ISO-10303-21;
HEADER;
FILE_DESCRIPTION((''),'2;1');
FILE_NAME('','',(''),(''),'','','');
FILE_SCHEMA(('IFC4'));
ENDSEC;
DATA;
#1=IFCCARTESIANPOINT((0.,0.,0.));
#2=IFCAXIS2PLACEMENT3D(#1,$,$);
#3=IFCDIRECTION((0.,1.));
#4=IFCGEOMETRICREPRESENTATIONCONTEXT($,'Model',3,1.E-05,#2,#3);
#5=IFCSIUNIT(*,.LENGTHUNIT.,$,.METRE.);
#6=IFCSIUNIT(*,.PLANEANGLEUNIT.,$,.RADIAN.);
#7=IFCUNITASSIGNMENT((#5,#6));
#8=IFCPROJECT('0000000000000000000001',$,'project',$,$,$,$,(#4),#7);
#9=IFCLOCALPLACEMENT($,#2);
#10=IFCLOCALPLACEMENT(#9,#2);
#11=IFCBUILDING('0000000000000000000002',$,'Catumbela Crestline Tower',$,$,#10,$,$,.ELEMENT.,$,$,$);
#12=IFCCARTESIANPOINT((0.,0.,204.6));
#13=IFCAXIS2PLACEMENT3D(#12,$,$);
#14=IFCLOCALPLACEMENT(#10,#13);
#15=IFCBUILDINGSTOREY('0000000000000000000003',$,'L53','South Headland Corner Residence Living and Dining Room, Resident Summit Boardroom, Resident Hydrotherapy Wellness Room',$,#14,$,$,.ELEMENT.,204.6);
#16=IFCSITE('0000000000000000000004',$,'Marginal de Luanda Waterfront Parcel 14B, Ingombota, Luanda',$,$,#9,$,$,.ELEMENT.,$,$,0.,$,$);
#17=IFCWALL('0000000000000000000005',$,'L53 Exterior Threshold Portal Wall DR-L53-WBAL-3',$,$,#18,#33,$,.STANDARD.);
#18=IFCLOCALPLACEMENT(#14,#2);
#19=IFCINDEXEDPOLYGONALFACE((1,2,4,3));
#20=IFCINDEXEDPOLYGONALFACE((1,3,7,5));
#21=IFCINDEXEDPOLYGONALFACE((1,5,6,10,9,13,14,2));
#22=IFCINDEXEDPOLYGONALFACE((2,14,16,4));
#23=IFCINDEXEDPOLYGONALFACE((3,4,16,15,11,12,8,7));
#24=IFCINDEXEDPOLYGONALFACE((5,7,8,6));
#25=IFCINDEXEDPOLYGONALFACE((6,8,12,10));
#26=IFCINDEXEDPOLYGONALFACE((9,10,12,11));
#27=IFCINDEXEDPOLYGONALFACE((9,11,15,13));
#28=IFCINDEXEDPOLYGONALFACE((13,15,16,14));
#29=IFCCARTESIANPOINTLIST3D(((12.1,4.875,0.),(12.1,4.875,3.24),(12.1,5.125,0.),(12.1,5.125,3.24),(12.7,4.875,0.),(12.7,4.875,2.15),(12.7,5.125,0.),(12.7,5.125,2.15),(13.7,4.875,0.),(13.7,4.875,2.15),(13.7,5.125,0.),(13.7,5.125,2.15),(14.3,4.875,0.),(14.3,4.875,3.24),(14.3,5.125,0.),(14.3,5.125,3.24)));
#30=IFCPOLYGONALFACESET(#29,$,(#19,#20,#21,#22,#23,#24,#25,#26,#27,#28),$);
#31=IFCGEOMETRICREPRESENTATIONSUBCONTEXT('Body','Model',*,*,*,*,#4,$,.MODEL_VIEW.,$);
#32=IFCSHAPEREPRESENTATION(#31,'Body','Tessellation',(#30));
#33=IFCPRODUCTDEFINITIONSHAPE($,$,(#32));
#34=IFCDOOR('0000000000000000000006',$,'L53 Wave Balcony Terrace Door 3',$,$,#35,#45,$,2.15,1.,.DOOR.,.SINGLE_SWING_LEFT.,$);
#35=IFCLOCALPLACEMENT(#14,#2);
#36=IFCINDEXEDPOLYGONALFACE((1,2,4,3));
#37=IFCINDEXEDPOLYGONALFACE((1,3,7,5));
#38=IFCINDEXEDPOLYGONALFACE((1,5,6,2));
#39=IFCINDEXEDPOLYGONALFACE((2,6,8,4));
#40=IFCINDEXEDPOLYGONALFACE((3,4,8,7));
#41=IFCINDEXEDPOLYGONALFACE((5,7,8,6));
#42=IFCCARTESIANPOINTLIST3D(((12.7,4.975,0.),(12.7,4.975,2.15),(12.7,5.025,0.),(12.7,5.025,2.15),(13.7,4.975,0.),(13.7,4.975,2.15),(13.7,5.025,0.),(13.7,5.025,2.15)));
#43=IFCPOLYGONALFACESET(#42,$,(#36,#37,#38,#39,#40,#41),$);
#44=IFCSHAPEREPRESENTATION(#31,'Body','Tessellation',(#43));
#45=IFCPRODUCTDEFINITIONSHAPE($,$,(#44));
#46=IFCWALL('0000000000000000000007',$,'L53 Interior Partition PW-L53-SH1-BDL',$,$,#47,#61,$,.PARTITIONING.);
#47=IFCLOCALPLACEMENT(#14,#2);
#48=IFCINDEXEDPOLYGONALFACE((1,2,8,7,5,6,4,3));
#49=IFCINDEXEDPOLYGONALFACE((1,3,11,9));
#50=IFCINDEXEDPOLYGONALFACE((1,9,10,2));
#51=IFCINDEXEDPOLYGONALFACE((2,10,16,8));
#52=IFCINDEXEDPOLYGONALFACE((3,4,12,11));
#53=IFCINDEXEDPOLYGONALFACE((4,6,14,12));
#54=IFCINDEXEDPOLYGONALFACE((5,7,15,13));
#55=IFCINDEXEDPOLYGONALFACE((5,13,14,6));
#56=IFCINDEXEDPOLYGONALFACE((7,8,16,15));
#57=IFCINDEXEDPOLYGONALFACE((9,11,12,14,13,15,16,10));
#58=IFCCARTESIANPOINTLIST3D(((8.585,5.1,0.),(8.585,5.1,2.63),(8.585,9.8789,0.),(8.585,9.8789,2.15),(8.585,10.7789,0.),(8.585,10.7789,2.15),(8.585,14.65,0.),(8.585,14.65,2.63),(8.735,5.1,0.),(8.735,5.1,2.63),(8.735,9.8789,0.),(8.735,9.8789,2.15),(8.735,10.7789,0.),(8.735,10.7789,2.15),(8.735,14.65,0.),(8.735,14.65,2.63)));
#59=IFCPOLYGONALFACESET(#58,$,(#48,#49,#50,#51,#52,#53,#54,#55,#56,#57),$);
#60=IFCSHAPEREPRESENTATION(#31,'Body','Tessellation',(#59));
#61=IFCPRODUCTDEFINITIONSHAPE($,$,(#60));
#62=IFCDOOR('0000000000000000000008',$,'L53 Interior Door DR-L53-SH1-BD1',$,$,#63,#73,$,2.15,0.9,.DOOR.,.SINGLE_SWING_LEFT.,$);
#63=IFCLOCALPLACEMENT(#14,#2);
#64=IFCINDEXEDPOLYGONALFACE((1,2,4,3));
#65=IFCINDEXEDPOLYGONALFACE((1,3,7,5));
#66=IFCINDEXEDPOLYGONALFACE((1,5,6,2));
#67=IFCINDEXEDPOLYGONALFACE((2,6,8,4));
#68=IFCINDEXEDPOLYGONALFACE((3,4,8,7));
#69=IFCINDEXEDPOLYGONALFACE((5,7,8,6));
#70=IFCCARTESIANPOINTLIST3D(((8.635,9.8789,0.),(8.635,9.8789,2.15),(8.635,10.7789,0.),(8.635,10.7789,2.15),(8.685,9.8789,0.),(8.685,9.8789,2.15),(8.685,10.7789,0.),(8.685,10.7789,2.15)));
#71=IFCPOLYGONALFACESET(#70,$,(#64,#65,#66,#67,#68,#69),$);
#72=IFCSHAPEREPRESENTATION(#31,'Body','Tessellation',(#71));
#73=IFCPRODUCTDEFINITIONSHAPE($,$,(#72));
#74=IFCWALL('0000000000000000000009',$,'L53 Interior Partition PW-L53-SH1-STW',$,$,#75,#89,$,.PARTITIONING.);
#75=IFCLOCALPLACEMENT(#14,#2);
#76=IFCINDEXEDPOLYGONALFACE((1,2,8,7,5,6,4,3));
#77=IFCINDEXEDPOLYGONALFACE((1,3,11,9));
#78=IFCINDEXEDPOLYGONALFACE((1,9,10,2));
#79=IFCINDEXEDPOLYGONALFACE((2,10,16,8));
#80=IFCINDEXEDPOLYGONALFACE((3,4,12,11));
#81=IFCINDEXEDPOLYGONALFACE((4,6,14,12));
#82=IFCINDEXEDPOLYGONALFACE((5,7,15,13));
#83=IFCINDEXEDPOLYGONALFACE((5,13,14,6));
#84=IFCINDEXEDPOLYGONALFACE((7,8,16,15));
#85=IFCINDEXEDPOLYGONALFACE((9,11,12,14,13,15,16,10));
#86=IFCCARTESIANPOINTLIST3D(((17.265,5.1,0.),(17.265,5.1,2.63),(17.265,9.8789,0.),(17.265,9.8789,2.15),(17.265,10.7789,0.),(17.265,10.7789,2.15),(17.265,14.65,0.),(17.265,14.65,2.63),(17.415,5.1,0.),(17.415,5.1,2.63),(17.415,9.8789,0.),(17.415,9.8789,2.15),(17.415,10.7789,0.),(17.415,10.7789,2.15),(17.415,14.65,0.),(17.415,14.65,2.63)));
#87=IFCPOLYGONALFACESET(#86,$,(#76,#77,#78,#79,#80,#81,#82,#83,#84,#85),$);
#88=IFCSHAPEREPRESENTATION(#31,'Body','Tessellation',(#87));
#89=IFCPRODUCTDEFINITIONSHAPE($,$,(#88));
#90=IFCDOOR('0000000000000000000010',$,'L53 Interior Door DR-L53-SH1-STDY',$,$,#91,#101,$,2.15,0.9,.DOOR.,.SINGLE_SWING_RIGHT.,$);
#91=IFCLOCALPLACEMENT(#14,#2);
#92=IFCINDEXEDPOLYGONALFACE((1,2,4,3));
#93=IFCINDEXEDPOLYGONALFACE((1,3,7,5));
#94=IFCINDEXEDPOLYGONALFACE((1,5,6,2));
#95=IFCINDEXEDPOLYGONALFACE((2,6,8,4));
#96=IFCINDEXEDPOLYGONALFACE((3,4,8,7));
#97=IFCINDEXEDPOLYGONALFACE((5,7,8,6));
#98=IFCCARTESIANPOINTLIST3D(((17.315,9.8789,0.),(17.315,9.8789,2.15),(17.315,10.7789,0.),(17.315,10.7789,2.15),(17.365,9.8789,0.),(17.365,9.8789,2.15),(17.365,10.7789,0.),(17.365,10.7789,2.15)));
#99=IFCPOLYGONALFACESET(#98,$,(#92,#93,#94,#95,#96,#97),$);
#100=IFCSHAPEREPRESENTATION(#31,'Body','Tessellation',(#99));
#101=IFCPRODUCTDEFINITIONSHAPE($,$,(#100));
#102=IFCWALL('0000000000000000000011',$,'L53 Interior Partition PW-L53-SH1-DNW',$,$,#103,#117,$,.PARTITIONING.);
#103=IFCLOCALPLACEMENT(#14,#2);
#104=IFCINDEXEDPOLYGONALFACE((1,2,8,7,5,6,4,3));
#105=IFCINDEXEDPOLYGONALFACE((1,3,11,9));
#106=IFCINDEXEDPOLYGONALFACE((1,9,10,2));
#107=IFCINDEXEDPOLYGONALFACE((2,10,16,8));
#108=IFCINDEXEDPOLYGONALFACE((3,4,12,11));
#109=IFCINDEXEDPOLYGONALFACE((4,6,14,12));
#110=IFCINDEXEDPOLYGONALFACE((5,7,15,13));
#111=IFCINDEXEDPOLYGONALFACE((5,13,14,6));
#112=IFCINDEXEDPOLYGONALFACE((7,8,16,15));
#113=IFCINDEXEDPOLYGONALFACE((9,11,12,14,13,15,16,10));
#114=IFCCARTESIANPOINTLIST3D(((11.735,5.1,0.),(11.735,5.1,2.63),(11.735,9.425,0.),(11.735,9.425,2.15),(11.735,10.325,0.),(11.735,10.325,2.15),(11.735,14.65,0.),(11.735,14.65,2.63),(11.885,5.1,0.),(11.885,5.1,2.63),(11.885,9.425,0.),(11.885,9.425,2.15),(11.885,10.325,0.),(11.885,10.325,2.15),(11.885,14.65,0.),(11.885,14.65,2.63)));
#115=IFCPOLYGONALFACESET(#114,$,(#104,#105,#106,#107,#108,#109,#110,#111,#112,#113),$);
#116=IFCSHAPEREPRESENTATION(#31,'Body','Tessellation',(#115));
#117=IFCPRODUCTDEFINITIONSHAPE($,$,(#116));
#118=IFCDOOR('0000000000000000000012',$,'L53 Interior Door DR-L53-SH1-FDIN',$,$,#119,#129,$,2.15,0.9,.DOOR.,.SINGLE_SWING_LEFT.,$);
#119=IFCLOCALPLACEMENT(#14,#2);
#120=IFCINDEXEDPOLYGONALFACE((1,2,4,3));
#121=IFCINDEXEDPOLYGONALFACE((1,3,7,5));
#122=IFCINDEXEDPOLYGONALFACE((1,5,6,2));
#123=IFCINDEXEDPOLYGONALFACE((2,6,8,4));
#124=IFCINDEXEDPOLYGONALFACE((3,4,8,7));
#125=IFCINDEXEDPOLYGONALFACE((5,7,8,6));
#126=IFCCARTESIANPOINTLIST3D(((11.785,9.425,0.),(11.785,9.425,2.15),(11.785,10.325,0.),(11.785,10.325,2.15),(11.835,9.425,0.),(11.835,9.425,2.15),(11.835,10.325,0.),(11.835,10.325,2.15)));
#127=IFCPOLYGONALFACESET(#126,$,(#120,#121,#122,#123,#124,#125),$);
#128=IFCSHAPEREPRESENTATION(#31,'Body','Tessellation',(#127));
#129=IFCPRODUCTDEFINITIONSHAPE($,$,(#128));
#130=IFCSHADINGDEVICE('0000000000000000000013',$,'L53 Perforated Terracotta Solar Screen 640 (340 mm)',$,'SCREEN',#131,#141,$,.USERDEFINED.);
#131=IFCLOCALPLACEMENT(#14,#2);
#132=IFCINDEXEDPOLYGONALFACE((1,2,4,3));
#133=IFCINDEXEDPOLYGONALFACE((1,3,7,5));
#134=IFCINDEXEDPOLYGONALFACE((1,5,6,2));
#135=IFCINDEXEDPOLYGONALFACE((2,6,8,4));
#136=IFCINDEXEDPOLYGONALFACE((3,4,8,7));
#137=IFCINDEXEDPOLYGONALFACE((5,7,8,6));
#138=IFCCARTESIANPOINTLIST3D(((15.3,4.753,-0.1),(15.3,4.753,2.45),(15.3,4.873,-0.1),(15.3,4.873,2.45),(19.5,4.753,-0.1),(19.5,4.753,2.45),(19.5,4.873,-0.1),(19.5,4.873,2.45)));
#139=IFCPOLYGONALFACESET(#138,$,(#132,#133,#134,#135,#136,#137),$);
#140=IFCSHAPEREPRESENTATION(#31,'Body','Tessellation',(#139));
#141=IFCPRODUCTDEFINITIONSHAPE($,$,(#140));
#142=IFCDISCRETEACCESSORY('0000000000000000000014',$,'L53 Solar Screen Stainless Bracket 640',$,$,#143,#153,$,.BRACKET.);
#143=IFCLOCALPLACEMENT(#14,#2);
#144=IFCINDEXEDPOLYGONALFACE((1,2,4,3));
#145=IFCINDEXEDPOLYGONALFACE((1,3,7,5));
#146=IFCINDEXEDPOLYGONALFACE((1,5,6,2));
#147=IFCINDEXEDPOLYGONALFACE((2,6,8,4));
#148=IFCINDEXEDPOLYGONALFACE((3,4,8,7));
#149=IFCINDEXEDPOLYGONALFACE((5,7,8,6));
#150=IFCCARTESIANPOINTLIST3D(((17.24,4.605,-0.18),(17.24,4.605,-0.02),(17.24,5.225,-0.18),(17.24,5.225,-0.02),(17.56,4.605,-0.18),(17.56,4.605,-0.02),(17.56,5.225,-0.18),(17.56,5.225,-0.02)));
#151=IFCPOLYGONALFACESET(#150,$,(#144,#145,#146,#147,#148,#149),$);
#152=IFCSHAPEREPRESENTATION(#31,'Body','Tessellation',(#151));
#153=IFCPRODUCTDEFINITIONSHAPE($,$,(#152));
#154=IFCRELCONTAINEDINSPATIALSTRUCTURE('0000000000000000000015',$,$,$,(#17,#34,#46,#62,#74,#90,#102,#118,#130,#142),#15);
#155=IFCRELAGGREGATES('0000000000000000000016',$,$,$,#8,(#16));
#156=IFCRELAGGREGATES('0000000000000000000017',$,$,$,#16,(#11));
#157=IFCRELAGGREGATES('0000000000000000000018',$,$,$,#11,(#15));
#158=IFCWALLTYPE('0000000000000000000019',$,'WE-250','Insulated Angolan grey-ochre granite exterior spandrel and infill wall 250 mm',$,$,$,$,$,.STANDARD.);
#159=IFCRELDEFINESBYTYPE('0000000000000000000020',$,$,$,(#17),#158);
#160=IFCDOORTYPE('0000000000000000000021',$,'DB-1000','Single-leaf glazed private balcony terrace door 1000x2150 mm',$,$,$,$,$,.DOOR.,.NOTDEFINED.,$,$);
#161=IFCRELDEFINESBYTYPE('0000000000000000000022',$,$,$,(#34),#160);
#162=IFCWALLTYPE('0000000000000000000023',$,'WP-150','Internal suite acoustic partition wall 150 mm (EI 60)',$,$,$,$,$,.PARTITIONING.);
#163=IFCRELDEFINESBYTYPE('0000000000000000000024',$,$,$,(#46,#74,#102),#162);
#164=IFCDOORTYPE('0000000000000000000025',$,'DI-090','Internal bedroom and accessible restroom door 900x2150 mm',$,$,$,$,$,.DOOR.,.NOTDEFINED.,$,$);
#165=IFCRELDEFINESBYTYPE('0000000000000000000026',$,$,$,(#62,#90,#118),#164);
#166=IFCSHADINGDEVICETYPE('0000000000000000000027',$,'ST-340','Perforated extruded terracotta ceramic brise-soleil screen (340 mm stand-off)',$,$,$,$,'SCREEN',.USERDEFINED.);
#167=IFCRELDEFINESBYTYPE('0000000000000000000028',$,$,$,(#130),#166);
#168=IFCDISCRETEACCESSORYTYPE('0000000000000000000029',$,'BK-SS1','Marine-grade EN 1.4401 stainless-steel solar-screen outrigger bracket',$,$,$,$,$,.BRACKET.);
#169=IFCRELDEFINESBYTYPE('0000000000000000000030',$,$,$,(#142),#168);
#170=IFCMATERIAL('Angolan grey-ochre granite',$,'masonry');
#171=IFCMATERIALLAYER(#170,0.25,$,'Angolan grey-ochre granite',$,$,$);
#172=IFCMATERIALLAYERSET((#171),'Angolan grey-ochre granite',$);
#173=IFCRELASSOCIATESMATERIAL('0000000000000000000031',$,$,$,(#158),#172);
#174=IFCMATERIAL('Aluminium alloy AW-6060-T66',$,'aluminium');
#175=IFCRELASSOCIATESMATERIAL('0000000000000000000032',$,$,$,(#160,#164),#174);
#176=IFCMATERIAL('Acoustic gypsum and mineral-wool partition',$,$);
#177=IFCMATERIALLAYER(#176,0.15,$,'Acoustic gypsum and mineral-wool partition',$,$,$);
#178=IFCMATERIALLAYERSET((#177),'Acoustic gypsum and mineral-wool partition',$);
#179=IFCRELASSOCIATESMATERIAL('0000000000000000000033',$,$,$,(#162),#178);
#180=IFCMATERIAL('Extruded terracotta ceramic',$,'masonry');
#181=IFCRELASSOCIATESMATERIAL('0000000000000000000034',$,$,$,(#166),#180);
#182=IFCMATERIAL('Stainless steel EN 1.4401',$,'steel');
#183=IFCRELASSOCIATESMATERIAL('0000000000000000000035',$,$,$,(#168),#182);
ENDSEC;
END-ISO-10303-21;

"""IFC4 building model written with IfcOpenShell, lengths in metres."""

from ifc_helpers import new_model, si_unit, direction, frame, frame_2d, origin, origin_2d, place, context, subcontext, project, spatial, rectangle, extrude, material, layer, layer_set, type_object, element, fill, save


model = new_model("IFC4")

# Units and contexts
model_context = context("Model", 3, precision=1e-05, world=origin(), true_north=direction((0.0, 1.0)))
body_context = subcontext(model_context, "Body", "Model", "MODEL_VIEW")
ifc_project = project(units=[si_unit("LENGTHUNIT", "METRE"), si_unit("PLANEANGLEUNIT", "RADIAN")], contexts=[model_context])

# Site, building, storey
site_placement = place(None, origin())
site = spatial("IfcSite", under=ifc_project, at=site_placement, Name="Marginal de Luanda Waterfront Parcel 14B, Ingombota, Luanda", CompositionType="ELEMENT", RefElevation=0.0)
building_placement = place(site_placement, origin())
building = spatial("IfcBuilding", under=site, at=building_placement, Name="Catumbela Crestline Tower", CompositionType="ELEMENT")
storey_placement = place(building_placement, frame((0.0, 0.0, 204.6)))
storey = spatial("IfcBuildingStorey", under=building, at=storey_placement, Name="L53", Description="South Headland Corner Residence Living and Dining Room, Resident Summit Boardroom, Resident Hydrotherapy Wellness Room", CompositionType="ELEMENT", Elevation=204.6)

# Shared definitions
ifc_material_1 = material(Name="Aluminium alloy AW-6060-T66", Category="aluminium")

# Walls, openings, doors
ifc_material_2 = material(Name="Angolan grey-ochre granite", Category="masonry")
ifc_layer_1 = layer(ifc_material_2, 0.25, Name="Angolan grey-ochre granite")
ifc_layer_set_1 = layer_set([ifc_layer_1], Name="Angolan grey-ochre granite")
wall_type_1 = type_object("IfcWallType", Name="WE-250", Description="Insulated Angolan grey-ochre granite exterior spandrel and infill wall 250 mm", PredefinedType="STANDARD", material=ifc_layer_set_1)
wall_1_placement = place(storey_placement, frame((12.1, 5.0, 0.0), z_axis=(0.0, 0.0, 1.0), x_axis=(1.0, 0.0, 0.0)))
wall_1 = element("IfcWall", 1, at=wall_1_placement, inside=storey, type_object=wall_type_1, Name="L53 Exterior Threshold Portal Wall DR-L53-WBAL-3", PredefinedType="STANDARD", context=body_context, shape_type="SweptSolid", body=[
    extrude(rectangle(XDim=2.2, YDim=0.25, at=frame_2d((1.1, 0.0))), origin(), (0.0, 0.0, 1.0), 3.24),
])
opening_1_placement = place(wall_1_placement, frame((0.6, 0.0, 0.0)))
opening_1 = element("IfcOpeningElement", 2, at=opening_1_placement, cuts=wall_1, PredefinedType="OPENING", context=body_context, shape_type="SweptSolid", body=[
    extrude(rectangle(XDim=1.0, YDim=2.15, at=frame_2d((0.5, 1.075))), frame((0.0, 0.135, 0.0), z_axis=(0.0, -1.0, 0.0), x_axis=(1.0, 0.0, 0.0)), (0.0, 0.0, 1.0), 0.27),
])
door_type_1 = type_object("IfcDoorType", Name="DB-1000", Description="Single-leaf glazed private balcony terrace door 1000x2150 mm", OperationType="NOTDEFINED", PredefinedType="DOOR", material=ifc_material_1)
door_1_placement = place(opening_1_placement, origin())
door_1 = element("IfcDoor", 3, at=door_1_placement, inside=storey, type_object=door_type_1, Name="L53 Wave Balcony Terrace Door 3", OperationType="SINGLE_SWING_LEFT", OverallHeight=2.15, OverallWidth=1.0, PredefinedType="DOOR", context=body_context, shape_type="SweptSolid", body=[
    extrude(rectangle(XDim=1.0, YDim=2.15, at=frame_2d((0.5, 1.075))), frame((0.0, 0.025, 0.0), z_axis=(0.0, -1.0, 0.0), x_axis=(1.0, 0.0, 0.0)), (0.0, 0.0, 1.0), 0.05),
])
fill(opening_1, door_1)
ifc_material_3 = material(Name="Acoustic gypsum and mineral-wool partition")
ifc_layer_2 = layer(ifc_material_3, 0.15, Name="Acoustic gypsum and mineral-wool partition")
ifc_layer_set_2 = layer_set([ifc_layer_2], Name="Acoustic gypsum and mineral-wool partition")
wall_type_2 = type_object("IfcWallType", Name="WP-150", Description="Internal suite acoustic partition wall 150 mm (EI 60)", PredefinedType="PARTITIONING", material=ifc_layer_set_2)
wall_2_placement = place(storey_placement, frame((8.66, 5.1, 0.0), z_axis=(0.0, 0.0, 1.0), x_axis=(0.0, 1.0, 0.0)))
wall_2 = element("IfcWall", 4, at=wall_2_placement, inside=storey, type_object=wall_type_2, Name="L53 Interior Partition PW-L53-SH1-BDL", PredefinedType="PARTITIONING", context=body_context, shape_type="SweptSolid", body=[
    extrude(rectangle(XDim=9.55, YDim=0.15, at=frame_2d((4.775, 0.0))), origin(), (0.0, 0.0, 1.0), 2.63),
])
opening_2_placement = place(wall_2_placement, frame((4.7789, 0.0, 0.0)))
opening_2 = element("IfcOpeningElement", 5, at=opening_2_placement, cuts=wall_2, PredefinedType="OPENING", context=body_context, shape_type="SweptSolid", body=[
    extrude(rectangle(XDim=0.9, YDim=2.15, at=frame_2d((0.45, 1.075))), frame((0.0, 0.085, 0.0), z_axis=(0.0, -1.0, 0.0), x_axis=(1.0, 0.0, 0.0)), (0.0, 0.0, 1.0), 0.17),
])
door_type_2 = type_object("IfcDoorType", Name="DI-090", Description="Internal bedroom and accessible restroom door 900x2150 mm", OperationType="NOTDEFINED", PredefinedType="DOOR", material=ifc_material_1)
door_2_placement = place(opening_2_placement, origin())
door_2 = element("IfcDoor", 6, at=door_2_placement, inside=storey, type_object=door_type_2, Name="L53 Interior Door DR-L53-SH1-BD1", OperationType="SINGLE_SWING_LEFT", OverallHeight=2.15, OverallWidth=0.9, PredefinedType="DOOR", context=body_context, shape_type="SweptSolid", body=[
    extrude(rectangle(XDim=0.9, YDim=2.15, at=frame_2d((0.45, 1.075))), frame((0.0, 0.025, 0.0), z_axis=(0.0, -1.0, 0.0), x_axis=(1.0, 0.0, 0.0)), (0.0, 0.0, 1.0), 0.05),
])
fill(opening_2, door_2)
wall_3_placement = place(storey_placement, frame((17.34, 5.1, 0.0), z_axis=(0.0, 0.0, 1.0), x_axis=(0.0, 1.0, 0.0)))
wall_3 = element("IfcWall", 7, at=wall_3_placement, inside=storey, type_object=wall_type_2, Name="L53 Interior Partition PW-L53-SH1-STW", PredefinedType="PARTITIONING", context=body_context, shape_type="SweptSolid", body=[
    extrude(rectangle(XDim=9.55, YDim=0.15, at=frame_2d((4.775, 0.0))), origin(), (0.0, 0.0, 1.0), 2.63),
])
opening_3_placement = place(wall_3_placement, frame((4.7789, 0.0, 0.0)))
opening_3 = element("IfcOpeningElement", 8, at=opening_3_placement, cuts=wall_3, PredefinedType="OPENING", context=body_context, shape_type="SweptSolid", body=[
    extrude(rectangle(XDim=0.9, YDim=2.15, at=frame_2d((0.45, 1.075))), frame((0.0, 0.085, 0.0), z_axis=(0.0, -1.0, 0.0), x_axis=(1.0, 0.0, 0.0)), (0.0, 0.0, 1.0), 0.17),
])
door_3_placement = place(opening_3_placement, origin())
door_3 = element("IfcDoor", 9, at=door_3_placement, inside=storey, type_object=door_type_2, Name="L53 Interior Door DR-L53-SH1-STDY", OperationType="SINGLE_SWING_RIGHT", OverallHeight=2.15, OverallWidth=0.9, PredefinedType="DOOR", context=body_context, shape_type="SweptSolid", body=[
    extrude(rectangle(XDim=0.9, YDim=2.15, at=frame_2d((0.45, 1.075))), frame((0.0, 0.025, 0.0), z_axis=(0.0, -1.0, 0.0), x_axis=(1.0, 0.0, 0.0)), (0.0, 0.0, 1.0), 0.05),
])
fill(opening_3, door_3)
wall_4_placement = place(storey_placement, frame((11.81, 5.1, 0.0), z_axis=(0.0, 0.0, 1.0), x_axis=(0.0, 1.0, 0.0)))
wall_4 = element("IfcWall", 10, at=wall_4_placement, inside=storey, type_object=wall_type_2, Name="L53 Interior Partition PW-L53-SH1-DNW", PredefinedType="PARTITIONING", context=body_context, shape_type="SweptSolid", body=[
    extrude(rectangle(XDim=9.55, YDim=0.15, at=frame_2d((4.775, 0.0))), origin(), (0.0, 0.0, 1.0), 2.63),
])
opening_4_placement = place(wall_4_placement, frame((4.325, 0.0, 0.0)))
opening_4 = element("IfcOpeningElement", 11, at=opening_4_placement, cuts=wall_4, PredefinedType="OPENING", context=body_context, shape_type="SweptSolid", body=[
    extrude(rectangle(XDim=0.9, YDim=2.15, at=frame_2d((0.45, 1.075))), frame((0.0, 0.085, 0.0), z_axis=(0.0, -1.0, 0.0), x_axis=(1.0, 0.0, 0.0)), (0.0, 0.0, 1.0), 0.17),
])
door_4_placement = place(opening_4_placement, origin())
door_4 = element("IfcDoor", 12, at=door_4_placement, inside=storey, type_object=door_type_2, Name="L53 Interior Door DR-L53-SH1-FDIN", OperationType="SINGLE_SWING_LEFT", OverallHeight=2.15, OverallWidth=0.9, PredefinedType="DOOR", context=body_context, shape_type="SweptSolid", body=[
    extrude(rectangle(XDim=0.9, YDim=2.15, at=frame_2d((0.45, 1.075))), frame((0.0, 0.025, 0.0), z_axis=(0.0, -1.0, 0.0), x_axis=(1.0, 0.0, 0.0)), (0.0, 0.0, 1.0), 0.05),
])
fill(opening_4, door_4)

# Shared definitions
ifc_material_4 = material(Name="Stainless steel EN 1.4401", Category="steel")

# Shading device
ifc_material_5 = material(Name="Extruded terracotta ceramic", Category="masonry")
shading_device_type = type_object("IfcShadingDeviceType", Name="ST-340", Description="Perforated extruded terracotta ceramic brise-soleil screen (340 mm stand-off)", ElementType="SCREEN", PredefinedType="USERDEFINED", material=ifc_material_5)
shading_device_placement = place(storey_placement, frame((17.4, 4.813, -0.1), z_axis=(0.0, 0.0, 1.0), x_axis=(1.0, 0.0, 0.0)))
element("IfcShadingDevice", 13, at=shading_device_placement, inside=storey, type_object=shading_device_type, Name="L53 Perforated Terracotta Solar Screen 640 (340 mm)", ObjectType="SCREEN", PredefinedType="USERDEFINED", context=body_context, shape_type="SweptSolid", body=[
    extrude(rectangle(XDim=4.2, YDim=0.12, at=origin_2d()), origin(), (0.0, 0.0, 1.0), 2.55),
])

# Discrete accessory
discrete_accessory_type = type_object("IfcDiscreteAccessoryType", Name="BK-SS1", Description="Marine-grade EN 1.4401 stainless-steel solar-screen outrigger bracket", PredefinedType="BRACKET", material=ifc_material_4)
discrete_accessory_placement = place(storey_placement, frame((17.4, 4.915, -0.18), z_axis=(0.0, 0.0, 1.0), x_axis=(1.0, 0.0, 0.0)))
element("IfcDiscreteAccessory", 14, at=discrete_accessory_placement, inside=storey, type_object=discrete_accessory_type, Name="L53 Solar Screen Stainless Bracket 640", PredefinedType="BRACKET", context=body_context, shape_type="SweptSolid", body=[
    extrude(rectangle(XDim=0.32, YDim=0.62, at=origin_2d()), origin(), (0.0, 0.0, 1.0), 0.16),
])

save(model, "model.ifc")
